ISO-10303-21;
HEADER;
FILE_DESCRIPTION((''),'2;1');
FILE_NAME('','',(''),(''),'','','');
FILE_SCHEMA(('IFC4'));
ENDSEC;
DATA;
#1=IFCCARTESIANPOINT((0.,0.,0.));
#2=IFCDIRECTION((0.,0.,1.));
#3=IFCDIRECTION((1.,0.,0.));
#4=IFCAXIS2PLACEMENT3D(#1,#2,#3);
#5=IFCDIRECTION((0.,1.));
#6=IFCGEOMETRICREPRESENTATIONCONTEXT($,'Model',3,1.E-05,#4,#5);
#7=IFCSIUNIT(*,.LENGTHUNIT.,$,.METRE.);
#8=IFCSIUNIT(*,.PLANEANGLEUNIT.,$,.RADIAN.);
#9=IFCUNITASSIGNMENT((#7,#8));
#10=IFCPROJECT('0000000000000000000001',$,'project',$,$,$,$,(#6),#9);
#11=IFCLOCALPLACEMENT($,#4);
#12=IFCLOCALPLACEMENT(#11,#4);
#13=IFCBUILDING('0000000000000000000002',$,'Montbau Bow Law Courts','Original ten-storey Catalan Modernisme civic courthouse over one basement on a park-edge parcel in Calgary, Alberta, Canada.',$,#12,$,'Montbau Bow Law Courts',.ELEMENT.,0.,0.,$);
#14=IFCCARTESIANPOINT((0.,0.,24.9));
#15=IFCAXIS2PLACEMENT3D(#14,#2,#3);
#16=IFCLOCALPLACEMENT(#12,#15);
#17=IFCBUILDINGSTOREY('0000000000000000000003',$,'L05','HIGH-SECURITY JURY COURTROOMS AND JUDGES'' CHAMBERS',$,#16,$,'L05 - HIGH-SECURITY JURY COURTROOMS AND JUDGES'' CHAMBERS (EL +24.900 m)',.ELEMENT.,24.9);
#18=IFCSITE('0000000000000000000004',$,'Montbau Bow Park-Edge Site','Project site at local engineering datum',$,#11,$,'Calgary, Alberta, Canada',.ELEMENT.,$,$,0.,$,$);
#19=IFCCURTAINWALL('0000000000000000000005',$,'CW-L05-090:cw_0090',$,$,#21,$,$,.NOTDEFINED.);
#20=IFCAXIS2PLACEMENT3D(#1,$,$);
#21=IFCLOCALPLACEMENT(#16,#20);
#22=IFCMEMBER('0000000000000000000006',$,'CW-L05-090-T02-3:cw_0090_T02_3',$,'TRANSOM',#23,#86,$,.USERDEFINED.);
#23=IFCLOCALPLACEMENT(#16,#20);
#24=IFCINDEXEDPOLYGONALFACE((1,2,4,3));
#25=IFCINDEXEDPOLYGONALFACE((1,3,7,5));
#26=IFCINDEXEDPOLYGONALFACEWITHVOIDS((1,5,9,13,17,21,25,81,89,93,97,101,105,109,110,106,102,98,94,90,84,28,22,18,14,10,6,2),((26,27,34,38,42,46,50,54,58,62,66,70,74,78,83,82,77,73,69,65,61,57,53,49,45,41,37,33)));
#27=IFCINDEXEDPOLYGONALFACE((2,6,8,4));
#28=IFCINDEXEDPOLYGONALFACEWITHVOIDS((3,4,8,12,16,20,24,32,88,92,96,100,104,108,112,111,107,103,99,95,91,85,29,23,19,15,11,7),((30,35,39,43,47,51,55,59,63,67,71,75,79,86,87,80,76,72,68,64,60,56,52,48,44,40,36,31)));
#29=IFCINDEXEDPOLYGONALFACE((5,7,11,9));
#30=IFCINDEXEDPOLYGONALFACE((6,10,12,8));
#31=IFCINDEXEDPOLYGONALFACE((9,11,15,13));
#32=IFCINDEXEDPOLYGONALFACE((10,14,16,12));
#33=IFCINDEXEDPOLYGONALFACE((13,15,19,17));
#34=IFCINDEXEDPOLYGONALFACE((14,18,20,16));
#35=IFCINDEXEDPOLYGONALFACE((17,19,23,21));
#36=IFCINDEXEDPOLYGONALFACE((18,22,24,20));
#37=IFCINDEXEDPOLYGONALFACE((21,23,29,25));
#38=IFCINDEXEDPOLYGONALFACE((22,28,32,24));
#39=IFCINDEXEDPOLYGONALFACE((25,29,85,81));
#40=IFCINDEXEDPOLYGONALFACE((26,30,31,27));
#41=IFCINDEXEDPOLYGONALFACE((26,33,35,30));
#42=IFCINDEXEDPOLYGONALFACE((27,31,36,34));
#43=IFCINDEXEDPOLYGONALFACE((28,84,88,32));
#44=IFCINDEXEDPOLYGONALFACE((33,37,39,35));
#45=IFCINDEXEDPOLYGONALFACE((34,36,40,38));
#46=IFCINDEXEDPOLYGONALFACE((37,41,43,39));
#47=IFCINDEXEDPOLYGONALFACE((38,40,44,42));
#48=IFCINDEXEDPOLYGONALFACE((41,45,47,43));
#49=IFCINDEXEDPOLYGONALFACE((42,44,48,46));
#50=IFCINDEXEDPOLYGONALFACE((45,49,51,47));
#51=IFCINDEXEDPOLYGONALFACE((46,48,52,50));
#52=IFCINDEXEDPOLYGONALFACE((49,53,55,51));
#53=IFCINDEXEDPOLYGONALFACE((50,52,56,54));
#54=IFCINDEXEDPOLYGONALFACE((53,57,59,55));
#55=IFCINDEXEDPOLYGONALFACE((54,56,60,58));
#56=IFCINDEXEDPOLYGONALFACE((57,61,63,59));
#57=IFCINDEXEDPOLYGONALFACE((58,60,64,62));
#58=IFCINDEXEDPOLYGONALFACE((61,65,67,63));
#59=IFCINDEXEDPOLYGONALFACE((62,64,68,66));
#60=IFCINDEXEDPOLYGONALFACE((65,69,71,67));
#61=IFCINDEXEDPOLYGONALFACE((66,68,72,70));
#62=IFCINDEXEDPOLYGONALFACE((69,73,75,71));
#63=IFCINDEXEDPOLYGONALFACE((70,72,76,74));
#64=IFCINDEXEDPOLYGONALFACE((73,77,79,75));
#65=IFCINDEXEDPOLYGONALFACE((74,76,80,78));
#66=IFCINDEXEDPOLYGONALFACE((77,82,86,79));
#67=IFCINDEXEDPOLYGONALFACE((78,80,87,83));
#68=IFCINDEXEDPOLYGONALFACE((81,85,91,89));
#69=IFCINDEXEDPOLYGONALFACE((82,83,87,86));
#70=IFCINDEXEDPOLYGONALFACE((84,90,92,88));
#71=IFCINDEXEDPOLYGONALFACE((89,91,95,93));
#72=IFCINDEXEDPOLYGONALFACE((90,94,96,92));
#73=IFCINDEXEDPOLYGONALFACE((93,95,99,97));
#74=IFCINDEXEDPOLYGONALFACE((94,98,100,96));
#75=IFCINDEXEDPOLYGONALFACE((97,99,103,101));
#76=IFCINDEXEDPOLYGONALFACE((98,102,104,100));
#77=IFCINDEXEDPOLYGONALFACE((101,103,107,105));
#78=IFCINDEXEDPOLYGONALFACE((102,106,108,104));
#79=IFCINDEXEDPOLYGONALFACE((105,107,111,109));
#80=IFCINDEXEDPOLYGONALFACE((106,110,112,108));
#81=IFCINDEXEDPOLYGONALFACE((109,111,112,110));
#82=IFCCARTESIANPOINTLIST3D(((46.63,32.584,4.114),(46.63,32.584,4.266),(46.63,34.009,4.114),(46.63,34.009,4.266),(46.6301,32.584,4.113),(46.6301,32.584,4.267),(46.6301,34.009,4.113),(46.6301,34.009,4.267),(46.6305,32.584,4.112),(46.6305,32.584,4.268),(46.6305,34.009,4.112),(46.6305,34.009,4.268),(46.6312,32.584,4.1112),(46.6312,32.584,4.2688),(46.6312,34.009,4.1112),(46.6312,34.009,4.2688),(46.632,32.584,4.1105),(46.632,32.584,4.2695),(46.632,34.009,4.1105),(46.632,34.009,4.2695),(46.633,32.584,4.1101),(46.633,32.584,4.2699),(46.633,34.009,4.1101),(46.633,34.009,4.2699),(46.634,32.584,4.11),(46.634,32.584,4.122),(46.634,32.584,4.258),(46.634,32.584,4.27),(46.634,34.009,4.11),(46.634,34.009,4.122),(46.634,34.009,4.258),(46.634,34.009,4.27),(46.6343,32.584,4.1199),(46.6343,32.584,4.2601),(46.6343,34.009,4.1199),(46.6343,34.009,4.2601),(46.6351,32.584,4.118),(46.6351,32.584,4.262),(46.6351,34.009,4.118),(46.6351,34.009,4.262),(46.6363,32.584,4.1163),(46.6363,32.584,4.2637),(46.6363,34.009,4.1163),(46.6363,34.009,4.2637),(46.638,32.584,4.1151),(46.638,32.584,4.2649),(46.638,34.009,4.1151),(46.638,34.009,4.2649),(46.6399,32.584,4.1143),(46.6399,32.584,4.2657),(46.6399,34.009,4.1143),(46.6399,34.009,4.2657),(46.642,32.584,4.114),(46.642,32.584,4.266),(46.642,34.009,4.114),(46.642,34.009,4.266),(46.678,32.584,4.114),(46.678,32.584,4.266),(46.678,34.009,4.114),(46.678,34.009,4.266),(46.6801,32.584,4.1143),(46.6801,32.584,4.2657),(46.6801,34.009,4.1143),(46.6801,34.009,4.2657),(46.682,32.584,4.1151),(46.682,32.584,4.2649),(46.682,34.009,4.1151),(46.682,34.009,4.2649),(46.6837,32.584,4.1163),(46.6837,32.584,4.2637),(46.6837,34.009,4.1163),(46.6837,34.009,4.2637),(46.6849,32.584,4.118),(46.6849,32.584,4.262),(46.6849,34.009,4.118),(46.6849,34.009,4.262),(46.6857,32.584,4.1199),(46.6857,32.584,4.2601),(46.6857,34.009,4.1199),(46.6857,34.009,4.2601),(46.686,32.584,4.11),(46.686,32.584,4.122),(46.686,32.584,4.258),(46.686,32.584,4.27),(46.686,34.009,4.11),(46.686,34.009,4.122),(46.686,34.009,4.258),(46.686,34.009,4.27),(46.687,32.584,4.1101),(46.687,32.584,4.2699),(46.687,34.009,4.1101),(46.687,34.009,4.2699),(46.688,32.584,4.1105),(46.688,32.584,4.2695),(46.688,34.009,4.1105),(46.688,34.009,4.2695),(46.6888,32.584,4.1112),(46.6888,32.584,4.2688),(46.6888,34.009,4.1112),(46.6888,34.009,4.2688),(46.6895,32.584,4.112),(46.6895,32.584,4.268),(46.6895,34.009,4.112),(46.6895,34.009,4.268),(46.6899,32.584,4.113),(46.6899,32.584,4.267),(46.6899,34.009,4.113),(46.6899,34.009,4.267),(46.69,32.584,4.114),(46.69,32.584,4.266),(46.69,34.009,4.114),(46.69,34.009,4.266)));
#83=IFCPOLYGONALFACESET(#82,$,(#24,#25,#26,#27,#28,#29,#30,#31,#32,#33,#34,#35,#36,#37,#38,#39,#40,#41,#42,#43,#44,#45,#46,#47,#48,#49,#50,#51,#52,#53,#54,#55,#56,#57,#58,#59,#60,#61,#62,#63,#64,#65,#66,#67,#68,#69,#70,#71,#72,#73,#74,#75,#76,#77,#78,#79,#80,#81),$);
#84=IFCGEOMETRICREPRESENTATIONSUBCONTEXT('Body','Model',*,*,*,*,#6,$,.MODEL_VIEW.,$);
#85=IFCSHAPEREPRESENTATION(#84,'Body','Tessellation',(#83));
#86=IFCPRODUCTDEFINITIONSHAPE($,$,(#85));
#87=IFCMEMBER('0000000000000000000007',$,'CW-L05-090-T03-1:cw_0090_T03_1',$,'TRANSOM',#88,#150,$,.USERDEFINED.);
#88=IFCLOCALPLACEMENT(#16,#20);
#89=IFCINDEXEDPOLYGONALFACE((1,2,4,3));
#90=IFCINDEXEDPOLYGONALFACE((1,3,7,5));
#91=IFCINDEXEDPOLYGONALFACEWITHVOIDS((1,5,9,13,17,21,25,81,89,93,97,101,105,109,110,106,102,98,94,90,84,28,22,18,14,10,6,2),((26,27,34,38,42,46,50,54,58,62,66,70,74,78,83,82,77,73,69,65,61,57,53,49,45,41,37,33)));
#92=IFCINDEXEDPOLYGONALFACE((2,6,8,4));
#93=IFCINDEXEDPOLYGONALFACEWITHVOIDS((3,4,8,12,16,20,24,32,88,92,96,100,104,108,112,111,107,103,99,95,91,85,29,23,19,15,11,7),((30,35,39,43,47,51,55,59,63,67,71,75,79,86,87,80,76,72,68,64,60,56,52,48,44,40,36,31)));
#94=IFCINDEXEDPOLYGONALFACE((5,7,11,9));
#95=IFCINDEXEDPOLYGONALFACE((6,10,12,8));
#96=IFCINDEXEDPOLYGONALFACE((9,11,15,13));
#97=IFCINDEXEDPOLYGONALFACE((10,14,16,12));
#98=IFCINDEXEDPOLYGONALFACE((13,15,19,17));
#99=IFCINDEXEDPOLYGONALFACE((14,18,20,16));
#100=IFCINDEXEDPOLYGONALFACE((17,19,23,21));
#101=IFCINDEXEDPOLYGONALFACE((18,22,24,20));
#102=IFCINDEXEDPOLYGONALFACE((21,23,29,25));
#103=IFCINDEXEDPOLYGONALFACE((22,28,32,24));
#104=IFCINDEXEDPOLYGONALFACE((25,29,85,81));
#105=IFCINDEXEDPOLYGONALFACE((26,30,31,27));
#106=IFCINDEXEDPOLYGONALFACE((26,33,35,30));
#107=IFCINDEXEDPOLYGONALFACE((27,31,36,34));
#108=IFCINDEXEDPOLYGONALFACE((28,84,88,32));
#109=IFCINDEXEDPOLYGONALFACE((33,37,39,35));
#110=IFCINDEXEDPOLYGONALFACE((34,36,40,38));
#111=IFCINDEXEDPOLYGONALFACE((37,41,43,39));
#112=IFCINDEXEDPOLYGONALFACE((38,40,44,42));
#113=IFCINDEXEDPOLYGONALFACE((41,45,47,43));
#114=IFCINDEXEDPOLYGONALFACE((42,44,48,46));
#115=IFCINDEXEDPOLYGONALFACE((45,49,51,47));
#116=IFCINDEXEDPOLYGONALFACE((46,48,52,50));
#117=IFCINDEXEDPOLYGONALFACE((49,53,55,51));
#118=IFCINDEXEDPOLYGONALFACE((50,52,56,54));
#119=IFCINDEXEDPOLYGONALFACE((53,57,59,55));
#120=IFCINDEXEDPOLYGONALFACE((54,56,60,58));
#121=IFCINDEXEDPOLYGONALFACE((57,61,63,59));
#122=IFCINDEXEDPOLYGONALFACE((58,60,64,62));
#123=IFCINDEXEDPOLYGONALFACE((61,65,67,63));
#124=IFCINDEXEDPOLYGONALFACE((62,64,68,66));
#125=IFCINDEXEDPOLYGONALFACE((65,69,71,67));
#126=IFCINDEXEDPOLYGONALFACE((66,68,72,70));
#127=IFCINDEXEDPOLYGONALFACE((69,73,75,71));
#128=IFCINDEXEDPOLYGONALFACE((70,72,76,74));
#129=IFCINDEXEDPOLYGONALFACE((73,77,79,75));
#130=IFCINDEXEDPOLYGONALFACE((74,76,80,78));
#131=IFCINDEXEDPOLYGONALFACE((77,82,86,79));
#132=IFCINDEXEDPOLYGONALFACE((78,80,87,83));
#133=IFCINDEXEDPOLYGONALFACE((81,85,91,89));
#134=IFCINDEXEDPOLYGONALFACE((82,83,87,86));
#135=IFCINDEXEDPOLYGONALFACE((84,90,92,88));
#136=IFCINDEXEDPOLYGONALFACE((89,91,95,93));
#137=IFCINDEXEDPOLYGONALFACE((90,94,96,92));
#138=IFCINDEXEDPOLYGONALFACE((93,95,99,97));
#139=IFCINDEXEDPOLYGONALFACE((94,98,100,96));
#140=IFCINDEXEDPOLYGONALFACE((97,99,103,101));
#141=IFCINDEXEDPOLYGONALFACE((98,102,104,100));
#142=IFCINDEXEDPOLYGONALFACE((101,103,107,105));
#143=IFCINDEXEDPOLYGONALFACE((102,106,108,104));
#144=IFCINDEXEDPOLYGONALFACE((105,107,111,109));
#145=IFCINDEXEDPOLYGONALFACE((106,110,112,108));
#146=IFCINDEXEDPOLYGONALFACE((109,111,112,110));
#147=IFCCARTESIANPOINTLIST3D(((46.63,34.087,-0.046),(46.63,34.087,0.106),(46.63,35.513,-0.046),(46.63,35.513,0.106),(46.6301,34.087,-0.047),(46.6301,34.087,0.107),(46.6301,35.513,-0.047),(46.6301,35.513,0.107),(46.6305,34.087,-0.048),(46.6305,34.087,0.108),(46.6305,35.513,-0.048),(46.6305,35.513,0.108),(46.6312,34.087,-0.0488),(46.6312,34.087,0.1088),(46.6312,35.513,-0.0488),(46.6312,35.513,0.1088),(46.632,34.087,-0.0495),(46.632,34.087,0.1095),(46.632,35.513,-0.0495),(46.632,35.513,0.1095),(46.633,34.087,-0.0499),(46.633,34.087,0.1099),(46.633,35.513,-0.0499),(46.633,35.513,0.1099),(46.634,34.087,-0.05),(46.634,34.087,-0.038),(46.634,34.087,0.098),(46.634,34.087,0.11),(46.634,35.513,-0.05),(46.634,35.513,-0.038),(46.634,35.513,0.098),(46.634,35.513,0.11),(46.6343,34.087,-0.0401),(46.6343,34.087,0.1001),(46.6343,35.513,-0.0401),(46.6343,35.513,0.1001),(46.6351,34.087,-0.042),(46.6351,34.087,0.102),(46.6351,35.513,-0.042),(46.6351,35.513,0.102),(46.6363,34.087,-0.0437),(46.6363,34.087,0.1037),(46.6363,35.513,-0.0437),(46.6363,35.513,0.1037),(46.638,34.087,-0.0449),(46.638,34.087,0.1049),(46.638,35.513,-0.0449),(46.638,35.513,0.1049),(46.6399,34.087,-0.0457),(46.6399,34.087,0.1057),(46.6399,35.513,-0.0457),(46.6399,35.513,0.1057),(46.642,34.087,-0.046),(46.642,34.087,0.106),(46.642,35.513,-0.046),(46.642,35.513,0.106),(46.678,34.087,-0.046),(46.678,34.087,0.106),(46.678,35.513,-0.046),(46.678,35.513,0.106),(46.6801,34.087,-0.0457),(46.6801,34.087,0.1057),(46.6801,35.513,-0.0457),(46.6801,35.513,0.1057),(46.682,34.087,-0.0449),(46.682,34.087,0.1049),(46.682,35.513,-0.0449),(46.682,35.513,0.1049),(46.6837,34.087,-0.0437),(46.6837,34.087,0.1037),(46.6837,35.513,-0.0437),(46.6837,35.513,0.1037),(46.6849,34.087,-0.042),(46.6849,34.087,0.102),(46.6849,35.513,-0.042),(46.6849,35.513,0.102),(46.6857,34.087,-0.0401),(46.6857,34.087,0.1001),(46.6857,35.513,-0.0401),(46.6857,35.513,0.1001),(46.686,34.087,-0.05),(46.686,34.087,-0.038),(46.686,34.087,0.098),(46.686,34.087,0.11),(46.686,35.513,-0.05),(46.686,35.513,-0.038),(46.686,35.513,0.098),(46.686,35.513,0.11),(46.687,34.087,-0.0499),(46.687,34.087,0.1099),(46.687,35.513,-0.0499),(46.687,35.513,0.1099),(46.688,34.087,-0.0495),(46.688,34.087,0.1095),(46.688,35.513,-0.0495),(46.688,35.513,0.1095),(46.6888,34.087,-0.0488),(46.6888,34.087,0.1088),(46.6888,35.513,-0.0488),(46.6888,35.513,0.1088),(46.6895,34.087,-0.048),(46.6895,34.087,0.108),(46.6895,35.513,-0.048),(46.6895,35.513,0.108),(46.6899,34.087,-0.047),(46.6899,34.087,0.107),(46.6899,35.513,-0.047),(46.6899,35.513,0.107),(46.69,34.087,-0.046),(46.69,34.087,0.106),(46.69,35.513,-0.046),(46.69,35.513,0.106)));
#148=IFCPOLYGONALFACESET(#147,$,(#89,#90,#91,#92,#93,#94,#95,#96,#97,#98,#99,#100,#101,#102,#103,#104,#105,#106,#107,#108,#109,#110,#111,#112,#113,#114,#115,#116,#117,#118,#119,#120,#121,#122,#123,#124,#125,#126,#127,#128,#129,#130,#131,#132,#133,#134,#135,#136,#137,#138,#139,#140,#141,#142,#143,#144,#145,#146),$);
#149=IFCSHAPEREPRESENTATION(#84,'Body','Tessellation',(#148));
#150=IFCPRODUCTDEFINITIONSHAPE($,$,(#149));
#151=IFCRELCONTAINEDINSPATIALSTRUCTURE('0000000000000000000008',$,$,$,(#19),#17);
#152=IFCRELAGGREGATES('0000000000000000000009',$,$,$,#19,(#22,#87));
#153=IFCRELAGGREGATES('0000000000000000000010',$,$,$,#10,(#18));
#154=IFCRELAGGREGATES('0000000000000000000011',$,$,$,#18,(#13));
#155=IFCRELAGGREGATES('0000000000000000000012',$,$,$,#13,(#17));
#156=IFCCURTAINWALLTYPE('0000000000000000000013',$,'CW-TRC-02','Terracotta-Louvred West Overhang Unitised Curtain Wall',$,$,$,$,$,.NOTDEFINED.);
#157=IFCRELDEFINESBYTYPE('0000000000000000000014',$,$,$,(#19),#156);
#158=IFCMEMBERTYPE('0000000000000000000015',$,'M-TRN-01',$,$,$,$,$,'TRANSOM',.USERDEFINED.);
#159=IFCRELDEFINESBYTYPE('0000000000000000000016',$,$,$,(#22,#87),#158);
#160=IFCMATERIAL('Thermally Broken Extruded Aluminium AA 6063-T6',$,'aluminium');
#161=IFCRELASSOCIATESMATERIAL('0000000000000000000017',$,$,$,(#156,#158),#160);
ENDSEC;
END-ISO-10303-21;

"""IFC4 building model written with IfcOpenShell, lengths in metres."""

from ifc_helpers import new_model, si_unit, direction, frame, origin_with_axes, origin_2d_with_axis, place, context, subcontext, project, spatial, hollow_rectangle, extrude, material, material_profile, profile_set, type_object, element, aggregate, save


model = new_model("IFC4")

# Units and contexts
model_context = context("Model", 3, precision=1e-05, world=origin_with_axes(), true_north=direction((0.0, 1.0)))
body_context = subcontext(model_context, "Body", "Model", "MODEL_VIEW")
ifc_project = project(units=[si_unit("LENGTHUNIT", "METRE"), si_unit("PLANEANGLEUNIT", "RADIAN")], contexts=[model_context])

# Site, building, storey
site_placement = place(None, origin_with_axes())
site = spatial("IfcSite", under=ifc_project, at=site_placement, Name="Montbau Bow Park-Edge Site", Description="Project site at local engineering datum", LongName="Calgary, Alberta, Canada", CompositionType="ELEMENT", RefElevation=0.0)
building_placement = place(site_placement, origin_with_axes())
building = spatial("IfcBuilding", under=site, at=building_placement, Name="Montbau Bow Law Courts", Description="Original ten-storey Catalan Modernisme civic courthouse over one basement on a park-edge parcel in Calgary, Alberta, Canada.", LongName="Montbau Bow Law Courts", CompositionType="ELEMENT", ElevationOfRefHeight=0.0, ElevationOfTerrain=0.0)
storey_placement = place(building_placement, frame((0.0, 0.0, 24.9), z_axis=(0.0, 0.0, 1.0), x_axis=(1.0, 0.0, 0.0)))
storey = spatial("IfcBuildingStorey", under=building, at=storey_placement, Name="L05", Description="HIGH-SECURITY JURY COURTROOMS AND JUDGES' CHAMBERS", LongName="L05 - HIGH-SECURITY JURY COURTROOMS AND JUDGES' CHAMBERS (EL +24.900 m)", CompositionType="ELEMENT", Elevation=24.9)

# Curtain wall, members
ifc_material_1 = material(Name="Thermally Broken Extruded Aluminium AA 6063-T6", Category="aluminium")
curtain_wall_type = type_object("IfcCurtainWallType", Name="CW-TRC-02", Description="Terracotta-Louvred West Overhang Unitised Curtain Wall", PredefinedType="NOTDEFINED", material=ifc_material_1)
curtain_wall_placement = place(None, frame((46.66, 31.04, 24.9), z_axis=(0.0, 0.0, 1.0), x_axis=(1.0, 0.0, 0.0)))
curtain_wall = element("IfcCurtainWall", 1, at=curtain_wall_placement, inside=storey, type_object=curtain_wall_type, Name="CW-L05-090:cw_0090", PredefinedType="NOTDEFINED")
ifc_material_profile_1 = material_profile(ifc_material_1, hollow_rectangle(XDim=0.06, YDim=0.16, WallThickness=0.004, InnerFilletRadius=0.008, OuterFilletRadius=0.004, at=origin_2d_with_axis()), Name="CWT-160X60", Category="Main", Priority=0)
ifc_profile_set_1 = profile_set([ifc_material_profile_1], Name="Thermally Broken Extruded Aluminium AA 6063-T6")
member_type_1 = type_object("IfcMemberType", Name="M-TRN-01", ElementType="TRANSOM", PredefinedType="USERDEFINED", material=ifc_profile_set_1)
member_1_placement = place(None, frame((46.66, 32.584, 29.09), z_axis=(0.0, 1.0, 0.0), x_axis=(-1.0, 0.0, 0.0)))
member_1 = element("IfcMember", 2, at=member_1_placement, type_object=member_type_1, Name="CW-L05-090-T02-3:cw_0090_T02_3", ObjectType="TRANSOM", PredefinedType="USERDEFINED", context=body_context, shape_type="SweptSolid", body=[
    extrude(hollow_rectangle(XDim=0.06, YDim=0.16, WallThickness=0.004, InnerFilletRadius=0.008, OuterFilletRadius=0.004, at=origin_2d_with_axis()), origin_with_axes(), (0.0, 0.0, 1.0), 1.425),
])
member_2_placement = place(None, frame((46.66, 34.087, 24.93), z_axis=(0.0, 1.0, 0.0), x_axis=(-1.0, 0.0, 0.0)))
member_2 = element("IfcMember", 3, at=member_2_placement, type_object=member_type_1, Name="CW-L05-090-T03-1:cw_0090_T03_1", ObjectType="TRANSOM", PredefinedType="USERDEFINED", context=body_context, shape_type="SweptSolid", body=[
    extrude(hollow_rectangle(XDim=0.06, YDim=0.16, WallThickness=0.004, InnerFilletRadius=0.008, OuterFilletRadius=0.004, at=origin_2d_with_axis()), origin_with_axes(), (0.0, 0.0, 1.0), 1.426),
])
aggregate(curtain_wall, [member_1, member_2])

save(model, "model.ifc")
